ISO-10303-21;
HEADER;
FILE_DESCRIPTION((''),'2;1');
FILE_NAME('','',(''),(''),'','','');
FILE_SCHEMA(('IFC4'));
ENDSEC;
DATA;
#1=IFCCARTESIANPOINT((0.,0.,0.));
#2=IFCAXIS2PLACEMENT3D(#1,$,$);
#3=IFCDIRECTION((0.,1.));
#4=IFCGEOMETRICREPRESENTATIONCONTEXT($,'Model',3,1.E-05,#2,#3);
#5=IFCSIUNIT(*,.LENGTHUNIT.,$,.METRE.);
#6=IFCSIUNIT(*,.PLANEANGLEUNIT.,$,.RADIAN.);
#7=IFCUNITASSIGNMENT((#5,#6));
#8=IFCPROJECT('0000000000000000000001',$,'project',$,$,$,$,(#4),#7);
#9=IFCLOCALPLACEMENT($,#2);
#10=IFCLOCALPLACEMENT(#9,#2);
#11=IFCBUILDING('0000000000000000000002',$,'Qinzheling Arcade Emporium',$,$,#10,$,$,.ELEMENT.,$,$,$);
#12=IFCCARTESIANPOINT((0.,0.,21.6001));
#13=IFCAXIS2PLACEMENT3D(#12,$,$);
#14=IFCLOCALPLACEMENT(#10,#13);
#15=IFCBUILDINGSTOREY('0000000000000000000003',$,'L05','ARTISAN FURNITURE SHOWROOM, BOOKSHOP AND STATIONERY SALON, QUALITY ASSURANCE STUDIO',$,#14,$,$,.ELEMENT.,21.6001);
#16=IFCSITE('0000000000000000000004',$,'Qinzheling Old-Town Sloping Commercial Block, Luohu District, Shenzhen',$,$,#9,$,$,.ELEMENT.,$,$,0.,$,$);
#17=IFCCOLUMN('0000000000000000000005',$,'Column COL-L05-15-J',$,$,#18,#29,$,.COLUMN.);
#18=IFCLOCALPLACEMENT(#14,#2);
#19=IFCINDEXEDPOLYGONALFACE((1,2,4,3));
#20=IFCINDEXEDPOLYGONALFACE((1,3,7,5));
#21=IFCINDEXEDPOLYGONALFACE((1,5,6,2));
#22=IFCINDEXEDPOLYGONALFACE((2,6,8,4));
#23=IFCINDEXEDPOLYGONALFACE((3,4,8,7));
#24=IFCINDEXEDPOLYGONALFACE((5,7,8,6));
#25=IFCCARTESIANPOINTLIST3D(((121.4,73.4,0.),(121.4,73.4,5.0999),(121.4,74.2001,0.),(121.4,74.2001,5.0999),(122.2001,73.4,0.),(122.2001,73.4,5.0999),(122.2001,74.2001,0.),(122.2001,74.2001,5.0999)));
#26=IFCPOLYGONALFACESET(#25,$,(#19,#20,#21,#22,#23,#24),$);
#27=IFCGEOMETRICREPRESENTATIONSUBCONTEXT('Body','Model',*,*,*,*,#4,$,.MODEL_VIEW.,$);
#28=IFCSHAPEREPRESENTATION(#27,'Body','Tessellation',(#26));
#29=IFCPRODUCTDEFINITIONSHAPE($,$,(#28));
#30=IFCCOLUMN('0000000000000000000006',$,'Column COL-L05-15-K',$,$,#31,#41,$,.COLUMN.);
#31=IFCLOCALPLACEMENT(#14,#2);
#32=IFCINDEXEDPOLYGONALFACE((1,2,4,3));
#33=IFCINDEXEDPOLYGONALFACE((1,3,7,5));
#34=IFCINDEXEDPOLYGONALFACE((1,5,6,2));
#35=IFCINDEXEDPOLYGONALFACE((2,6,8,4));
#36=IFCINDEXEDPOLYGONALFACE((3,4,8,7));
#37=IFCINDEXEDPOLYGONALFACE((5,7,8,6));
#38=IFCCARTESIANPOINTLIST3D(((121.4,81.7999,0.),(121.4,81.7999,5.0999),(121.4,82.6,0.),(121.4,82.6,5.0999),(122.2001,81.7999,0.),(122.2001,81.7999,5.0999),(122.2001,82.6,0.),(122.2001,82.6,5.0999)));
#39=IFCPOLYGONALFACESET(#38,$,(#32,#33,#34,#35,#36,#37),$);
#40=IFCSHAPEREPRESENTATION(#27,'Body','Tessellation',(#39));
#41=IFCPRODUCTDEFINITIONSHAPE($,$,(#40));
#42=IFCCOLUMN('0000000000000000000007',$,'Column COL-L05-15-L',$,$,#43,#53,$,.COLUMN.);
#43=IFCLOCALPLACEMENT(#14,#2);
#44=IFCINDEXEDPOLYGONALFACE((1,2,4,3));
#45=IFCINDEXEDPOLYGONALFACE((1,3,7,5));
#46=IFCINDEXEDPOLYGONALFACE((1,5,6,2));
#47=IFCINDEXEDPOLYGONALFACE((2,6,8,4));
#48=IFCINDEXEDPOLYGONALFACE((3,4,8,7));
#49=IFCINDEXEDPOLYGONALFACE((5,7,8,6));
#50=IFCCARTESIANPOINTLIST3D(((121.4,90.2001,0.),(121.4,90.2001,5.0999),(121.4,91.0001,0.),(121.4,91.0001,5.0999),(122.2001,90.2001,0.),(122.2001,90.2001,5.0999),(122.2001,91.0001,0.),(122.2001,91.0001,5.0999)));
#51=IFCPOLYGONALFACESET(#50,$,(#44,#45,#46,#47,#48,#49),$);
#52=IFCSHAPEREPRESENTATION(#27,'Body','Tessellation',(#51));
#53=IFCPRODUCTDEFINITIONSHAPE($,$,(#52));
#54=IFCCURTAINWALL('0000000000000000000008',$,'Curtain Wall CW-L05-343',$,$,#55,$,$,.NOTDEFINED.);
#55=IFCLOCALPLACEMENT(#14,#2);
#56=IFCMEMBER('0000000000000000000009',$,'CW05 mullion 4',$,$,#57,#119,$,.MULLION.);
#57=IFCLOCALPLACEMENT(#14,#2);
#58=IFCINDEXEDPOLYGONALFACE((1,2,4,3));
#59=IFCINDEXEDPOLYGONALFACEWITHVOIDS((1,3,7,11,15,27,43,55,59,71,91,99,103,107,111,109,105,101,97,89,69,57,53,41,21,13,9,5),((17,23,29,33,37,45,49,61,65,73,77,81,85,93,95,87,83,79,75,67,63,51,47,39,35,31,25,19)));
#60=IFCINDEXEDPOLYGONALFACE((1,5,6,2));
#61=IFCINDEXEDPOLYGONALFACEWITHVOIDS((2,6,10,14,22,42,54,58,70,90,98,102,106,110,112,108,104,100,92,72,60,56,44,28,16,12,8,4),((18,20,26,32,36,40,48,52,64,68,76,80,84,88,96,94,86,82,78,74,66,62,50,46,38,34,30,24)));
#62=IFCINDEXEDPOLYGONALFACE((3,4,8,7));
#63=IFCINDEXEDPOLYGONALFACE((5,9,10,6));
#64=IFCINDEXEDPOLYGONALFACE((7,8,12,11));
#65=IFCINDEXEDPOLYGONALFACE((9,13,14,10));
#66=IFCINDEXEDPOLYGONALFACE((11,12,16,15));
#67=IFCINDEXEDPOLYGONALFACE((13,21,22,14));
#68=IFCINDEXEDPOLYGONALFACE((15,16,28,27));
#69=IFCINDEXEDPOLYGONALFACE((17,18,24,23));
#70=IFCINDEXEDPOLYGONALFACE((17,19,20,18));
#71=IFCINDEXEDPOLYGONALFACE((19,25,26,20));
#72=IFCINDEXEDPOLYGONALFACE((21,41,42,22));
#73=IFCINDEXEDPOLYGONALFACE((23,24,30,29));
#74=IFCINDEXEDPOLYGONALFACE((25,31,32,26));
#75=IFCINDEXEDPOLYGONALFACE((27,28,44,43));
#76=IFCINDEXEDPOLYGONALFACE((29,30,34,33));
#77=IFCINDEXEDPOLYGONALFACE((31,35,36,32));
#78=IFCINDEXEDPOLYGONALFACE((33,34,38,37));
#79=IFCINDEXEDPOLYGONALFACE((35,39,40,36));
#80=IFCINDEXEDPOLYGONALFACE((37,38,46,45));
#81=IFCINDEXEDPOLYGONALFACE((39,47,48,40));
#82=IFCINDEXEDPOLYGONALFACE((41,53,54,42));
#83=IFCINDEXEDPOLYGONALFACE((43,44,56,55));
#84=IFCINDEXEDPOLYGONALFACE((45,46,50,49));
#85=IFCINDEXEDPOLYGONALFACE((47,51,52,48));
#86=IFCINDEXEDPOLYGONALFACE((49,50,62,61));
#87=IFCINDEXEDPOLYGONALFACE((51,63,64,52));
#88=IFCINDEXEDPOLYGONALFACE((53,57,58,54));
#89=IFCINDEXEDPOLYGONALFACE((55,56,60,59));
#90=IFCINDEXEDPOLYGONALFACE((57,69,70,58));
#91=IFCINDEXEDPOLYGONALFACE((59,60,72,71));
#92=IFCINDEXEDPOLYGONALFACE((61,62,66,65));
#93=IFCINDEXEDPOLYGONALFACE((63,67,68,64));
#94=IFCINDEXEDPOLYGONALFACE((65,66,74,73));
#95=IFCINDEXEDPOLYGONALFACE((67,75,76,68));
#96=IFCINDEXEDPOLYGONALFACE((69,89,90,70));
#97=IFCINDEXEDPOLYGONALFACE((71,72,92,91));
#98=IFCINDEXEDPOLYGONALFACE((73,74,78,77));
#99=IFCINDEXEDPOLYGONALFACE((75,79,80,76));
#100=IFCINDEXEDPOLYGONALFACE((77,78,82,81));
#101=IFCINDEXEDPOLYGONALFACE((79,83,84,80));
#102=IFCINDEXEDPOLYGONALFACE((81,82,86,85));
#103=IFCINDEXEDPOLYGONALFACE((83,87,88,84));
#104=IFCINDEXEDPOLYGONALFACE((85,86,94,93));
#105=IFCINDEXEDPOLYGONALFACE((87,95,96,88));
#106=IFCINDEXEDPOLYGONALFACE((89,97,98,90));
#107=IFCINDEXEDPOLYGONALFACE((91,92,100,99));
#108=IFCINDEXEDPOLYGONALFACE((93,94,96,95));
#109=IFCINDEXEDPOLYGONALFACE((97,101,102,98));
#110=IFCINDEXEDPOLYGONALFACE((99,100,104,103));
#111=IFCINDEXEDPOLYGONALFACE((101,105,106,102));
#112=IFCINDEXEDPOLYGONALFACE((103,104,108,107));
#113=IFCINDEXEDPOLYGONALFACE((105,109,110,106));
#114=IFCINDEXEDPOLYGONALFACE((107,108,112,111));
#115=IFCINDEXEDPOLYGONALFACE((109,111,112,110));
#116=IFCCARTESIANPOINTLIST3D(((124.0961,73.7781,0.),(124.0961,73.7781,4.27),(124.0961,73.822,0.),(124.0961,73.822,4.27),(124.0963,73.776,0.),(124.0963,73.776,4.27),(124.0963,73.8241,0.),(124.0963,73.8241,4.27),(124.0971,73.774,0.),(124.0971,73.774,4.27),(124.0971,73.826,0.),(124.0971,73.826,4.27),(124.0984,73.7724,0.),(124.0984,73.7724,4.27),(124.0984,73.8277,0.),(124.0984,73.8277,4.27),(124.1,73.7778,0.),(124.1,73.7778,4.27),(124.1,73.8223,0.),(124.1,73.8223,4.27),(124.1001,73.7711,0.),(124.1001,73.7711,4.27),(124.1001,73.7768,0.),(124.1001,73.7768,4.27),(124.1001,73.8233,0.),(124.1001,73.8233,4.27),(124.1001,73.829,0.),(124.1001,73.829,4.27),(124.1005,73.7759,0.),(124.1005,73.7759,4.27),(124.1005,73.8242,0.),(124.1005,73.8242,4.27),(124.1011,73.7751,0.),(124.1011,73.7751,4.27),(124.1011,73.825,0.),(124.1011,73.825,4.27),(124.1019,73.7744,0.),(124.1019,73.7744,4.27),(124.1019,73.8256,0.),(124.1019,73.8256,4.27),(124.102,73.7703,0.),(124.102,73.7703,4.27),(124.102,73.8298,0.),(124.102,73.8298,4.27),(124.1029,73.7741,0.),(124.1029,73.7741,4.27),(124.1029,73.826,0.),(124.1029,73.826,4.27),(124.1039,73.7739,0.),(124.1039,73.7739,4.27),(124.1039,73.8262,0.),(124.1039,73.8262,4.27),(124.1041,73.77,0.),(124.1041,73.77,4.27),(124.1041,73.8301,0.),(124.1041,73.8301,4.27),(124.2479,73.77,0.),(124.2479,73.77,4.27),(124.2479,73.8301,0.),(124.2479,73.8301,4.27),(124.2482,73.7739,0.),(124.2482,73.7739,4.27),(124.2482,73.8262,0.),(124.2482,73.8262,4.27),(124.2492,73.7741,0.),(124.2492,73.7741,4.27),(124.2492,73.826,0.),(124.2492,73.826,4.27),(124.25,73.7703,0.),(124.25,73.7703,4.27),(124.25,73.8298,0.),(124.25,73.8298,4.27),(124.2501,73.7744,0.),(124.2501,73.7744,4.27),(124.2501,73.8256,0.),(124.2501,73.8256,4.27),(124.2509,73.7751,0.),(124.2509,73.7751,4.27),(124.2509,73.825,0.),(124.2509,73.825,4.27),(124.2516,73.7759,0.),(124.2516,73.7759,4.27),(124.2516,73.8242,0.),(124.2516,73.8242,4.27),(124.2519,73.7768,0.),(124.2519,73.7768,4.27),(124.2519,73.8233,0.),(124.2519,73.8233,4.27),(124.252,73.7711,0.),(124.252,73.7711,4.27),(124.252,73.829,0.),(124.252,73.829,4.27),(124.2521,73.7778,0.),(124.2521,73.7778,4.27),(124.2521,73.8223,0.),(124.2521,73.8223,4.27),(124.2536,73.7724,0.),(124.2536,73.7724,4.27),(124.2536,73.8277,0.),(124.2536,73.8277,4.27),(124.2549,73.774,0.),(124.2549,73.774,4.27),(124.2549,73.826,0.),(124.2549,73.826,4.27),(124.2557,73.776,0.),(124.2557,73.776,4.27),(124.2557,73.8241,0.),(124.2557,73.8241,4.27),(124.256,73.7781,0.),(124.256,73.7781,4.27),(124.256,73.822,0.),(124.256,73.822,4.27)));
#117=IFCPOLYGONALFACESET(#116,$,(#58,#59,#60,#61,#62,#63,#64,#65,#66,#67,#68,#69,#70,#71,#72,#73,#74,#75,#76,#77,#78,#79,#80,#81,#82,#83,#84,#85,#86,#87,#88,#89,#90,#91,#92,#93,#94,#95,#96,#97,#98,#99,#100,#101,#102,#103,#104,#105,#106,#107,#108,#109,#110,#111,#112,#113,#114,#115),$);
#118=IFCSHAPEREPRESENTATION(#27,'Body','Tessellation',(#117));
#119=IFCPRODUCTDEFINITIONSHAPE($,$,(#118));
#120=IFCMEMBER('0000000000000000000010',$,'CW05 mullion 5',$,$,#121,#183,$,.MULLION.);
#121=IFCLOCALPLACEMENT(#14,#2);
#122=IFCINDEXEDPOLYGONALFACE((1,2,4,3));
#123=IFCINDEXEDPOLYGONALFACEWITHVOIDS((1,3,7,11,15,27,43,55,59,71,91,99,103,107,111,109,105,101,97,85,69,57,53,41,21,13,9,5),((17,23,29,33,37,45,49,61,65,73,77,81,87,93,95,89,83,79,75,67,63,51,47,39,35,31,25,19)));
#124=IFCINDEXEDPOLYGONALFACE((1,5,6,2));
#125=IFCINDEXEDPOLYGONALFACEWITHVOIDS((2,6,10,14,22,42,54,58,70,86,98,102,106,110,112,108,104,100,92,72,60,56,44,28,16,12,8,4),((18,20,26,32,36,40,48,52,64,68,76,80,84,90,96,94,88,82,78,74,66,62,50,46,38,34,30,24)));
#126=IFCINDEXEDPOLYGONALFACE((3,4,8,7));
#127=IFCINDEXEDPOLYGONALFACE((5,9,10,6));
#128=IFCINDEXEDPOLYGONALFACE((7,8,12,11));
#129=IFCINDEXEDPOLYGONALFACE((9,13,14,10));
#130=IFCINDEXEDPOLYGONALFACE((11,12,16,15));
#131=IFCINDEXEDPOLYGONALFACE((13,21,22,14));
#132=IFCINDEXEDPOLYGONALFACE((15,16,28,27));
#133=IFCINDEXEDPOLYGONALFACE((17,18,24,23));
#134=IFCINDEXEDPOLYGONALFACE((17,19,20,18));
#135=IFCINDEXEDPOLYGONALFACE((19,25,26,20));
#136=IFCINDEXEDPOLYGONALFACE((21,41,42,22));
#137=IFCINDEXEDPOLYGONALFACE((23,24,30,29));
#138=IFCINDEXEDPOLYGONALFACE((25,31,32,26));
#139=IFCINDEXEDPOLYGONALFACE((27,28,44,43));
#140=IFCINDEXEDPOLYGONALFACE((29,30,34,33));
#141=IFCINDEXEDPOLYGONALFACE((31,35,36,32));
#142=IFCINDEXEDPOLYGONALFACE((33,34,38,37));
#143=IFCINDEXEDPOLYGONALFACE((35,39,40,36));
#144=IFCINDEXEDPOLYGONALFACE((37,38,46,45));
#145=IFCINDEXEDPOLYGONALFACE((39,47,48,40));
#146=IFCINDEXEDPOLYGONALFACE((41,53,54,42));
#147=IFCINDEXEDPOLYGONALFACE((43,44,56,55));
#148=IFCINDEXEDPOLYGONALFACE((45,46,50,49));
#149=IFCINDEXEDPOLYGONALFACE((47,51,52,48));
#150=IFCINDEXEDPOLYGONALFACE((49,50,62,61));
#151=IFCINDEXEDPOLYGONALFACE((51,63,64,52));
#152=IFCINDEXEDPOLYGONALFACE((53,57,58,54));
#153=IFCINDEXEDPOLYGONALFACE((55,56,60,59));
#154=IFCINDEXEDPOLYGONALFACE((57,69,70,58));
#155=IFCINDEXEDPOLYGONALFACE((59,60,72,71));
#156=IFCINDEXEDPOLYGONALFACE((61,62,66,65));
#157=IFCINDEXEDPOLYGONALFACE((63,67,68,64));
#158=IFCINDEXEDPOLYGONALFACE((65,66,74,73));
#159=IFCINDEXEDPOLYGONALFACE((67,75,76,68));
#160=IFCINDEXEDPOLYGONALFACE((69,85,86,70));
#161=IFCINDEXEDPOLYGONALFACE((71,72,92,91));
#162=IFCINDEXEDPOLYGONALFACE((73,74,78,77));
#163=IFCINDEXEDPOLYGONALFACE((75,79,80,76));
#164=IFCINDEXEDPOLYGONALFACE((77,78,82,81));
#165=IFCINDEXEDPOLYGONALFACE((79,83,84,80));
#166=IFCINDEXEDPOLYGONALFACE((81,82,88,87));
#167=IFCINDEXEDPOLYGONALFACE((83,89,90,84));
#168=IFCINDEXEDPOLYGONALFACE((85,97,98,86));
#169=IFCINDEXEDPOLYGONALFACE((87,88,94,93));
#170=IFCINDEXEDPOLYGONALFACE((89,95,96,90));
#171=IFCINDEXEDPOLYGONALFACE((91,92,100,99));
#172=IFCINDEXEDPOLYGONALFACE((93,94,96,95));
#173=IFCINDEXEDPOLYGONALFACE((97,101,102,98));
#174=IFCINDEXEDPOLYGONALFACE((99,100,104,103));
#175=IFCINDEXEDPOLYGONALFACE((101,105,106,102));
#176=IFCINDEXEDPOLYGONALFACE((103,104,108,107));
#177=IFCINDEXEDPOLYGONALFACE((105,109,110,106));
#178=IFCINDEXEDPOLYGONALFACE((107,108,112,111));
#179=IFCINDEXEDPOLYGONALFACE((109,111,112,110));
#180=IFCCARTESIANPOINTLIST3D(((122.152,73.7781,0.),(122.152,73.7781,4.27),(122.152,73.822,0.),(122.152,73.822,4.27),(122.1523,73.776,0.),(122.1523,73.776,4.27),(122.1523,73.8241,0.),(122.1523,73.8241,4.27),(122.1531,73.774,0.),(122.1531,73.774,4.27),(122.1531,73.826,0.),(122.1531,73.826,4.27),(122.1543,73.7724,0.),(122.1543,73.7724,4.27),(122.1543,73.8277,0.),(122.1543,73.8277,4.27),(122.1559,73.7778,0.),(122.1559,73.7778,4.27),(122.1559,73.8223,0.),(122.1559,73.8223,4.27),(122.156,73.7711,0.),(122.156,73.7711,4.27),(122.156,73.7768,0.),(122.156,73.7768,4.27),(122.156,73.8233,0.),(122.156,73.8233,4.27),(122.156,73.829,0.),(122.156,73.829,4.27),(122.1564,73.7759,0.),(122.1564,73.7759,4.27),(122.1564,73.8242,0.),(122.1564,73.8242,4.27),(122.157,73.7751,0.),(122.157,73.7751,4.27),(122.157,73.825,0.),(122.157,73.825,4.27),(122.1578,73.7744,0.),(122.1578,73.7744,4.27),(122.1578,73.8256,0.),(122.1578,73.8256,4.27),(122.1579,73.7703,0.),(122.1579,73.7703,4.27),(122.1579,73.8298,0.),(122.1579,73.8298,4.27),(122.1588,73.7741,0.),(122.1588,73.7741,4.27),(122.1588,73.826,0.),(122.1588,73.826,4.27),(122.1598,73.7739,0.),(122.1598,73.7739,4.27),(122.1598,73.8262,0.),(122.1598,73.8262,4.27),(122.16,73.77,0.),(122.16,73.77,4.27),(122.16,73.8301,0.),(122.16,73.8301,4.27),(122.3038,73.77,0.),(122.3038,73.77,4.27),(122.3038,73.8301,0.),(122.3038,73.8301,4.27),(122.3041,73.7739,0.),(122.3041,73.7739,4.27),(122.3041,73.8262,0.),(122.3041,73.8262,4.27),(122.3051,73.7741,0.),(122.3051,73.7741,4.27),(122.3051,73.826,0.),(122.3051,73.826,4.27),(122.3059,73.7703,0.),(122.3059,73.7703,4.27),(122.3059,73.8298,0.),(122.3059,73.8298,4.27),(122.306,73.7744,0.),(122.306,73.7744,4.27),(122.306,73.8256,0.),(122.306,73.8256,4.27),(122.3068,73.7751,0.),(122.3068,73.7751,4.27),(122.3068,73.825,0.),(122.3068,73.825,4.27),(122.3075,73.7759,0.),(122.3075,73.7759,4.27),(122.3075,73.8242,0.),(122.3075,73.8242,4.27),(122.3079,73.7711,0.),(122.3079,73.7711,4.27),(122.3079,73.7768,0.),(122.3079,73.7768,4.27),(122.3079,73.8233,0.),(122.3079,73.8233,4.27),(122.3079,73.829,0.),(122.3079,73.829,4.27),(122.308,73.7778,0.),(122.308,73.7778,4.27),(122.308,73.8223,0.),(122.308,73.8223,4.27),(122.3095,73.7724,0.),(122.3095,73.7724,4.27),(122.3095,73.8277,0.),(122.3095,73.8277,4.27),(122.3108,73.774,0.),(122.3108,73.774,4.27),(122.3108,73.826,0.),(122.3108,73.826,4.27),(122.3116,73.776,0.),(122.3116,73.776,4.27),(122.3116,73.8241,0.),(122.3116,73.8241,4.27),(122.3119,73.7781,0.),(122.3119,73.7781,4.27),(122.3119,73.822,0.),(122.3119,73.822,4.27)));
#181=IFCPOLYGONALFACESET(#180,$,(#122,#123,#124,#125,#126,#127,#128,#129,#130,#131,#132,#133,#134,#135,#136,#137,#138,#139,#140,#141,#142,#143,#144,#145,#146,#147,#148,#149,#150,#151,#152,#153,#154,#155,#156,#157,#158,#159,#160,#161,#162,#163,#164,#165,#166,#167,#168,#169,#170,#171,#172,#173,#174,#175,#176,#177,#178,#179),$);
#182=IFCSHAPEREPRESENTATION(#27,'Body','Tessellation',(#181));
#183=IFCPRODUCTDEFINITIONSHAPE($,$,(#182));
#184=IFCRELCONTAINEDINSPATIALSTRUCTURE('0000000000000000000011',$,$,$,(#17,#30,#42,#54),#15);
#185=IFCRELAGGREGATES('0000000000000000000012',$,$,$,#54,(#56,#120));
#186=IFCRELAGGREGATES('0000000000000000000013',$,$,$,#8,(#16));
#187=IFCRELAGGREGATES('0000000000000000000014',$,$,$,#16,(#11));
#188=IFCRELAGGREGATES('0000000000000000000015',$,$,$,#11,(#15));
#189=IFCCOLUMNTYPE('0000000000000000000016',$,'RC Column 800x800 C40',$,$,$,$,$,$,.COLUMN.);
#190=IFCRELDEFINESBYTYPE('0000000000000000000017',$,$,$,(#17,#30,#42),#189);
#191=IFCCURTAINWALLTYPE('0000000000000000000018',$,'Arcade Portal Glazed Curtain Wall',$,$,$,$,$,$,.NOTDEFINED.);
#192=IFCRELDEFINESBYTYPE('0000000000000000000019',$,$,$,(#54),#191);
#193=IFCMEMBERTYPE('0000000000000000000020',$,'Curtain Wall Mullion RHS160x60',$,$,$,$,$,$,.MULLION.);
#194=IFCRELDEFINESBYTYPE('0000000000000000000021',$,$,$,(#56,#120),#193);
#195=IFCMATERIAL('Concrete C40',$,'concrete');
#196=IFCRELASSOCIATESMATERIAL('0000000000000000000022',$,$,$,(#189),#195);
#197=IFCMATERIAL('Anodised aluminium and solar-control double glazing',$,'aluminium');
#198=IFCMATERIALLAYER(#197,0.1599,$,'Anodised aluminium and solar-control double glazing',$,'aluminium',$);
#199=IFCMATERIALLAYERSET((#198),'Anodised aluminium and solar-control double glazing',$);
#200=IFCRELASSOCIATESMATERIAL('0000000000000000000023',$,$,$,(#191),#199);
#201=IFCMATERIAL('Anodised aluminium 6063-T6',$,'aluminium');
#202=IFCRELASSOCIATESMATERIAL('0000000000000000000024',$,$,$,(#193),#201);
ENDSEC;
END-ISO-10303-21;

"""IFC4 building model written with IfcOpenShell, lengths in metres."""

from ifc_helpers import new_model, si_unit, direction, frame, origin, origin_2d, place, context, subcontext, project, spatial, rectangle, hollow_rectangle, extrude, material, layer, layer_set, material_profile, profile_set, type_object, element, aggregate, save


model = new_model("IFC4")

# Units and contexts
model_context = context("Model", 3, precision=1e-05, world=origin(), true_north=direction((0.0, 1.0)))
body_context = subcontext(model_context, "Body", "Model", "MODEL_VIEW")
ifc_project = project(units=[si_unit("LENGTHUNIT", "METRE"), si_unit("PLANEANGLEUNIT", "RADIAN")], contexts=[model_context])

# Site, building, storey
site_placement = place(None, origin())
site = spatial("IfcSite", under=ifc_project, at=site_placement, Name="Qinzheling Old-Town Sloping Commercial Block, Luohu District, Shenzhen", CompositionType="ELEMENT", RefElevation=0.0)
building_placement = place(site_placement, origin())
building = spatial("IfcBuilding", under=site, at=building_placement, Name="Qinzheling Arcade Emporium", CompositionType="ELEMENT")
storey_placement = place(building_placement, frame((0.0, 0.0, 21.6001)))
storey = spatial("IfcBuildingStorey", under=building, at=storey_placement, Name="L05", Description="ARTISAN FURNITURE SHOWROOM, BOOKSHOP AND STATIONERY SALON, QUALITY ASSURANCE STUDIO", CompositionType="ELEMENT", Elevation=21.6001)

# Columns
ifc_material_1 = material(Name="Concrete C40", Category="concrete")
ifc_material_profile_1 = material_profile(ifc_material_1, rectangle(XDim=0.8, YDim=0.8, at=origin_2d()), Name="RC 800x800", Category="concrete")
ifc_profile_set_1 = profile_set([ifc_material_profile_1], Name="Concrete C40")
column_type = type_object("IfcColumnType", Name="RC Column 800x800 C40", PredefinedType="COLUMN", material=ifc_profile_set_1)
for number, where, z_axis, x_axis, name in (
    (1, (121.8, 73.8, 0.0), (0.0, 0.0, 1.0), (1.0, 0.0, 0.0), "Column COL-L05-15-J"),
    (2, (121.8, 82.2, 0.0), (0.0, 0.0, 1.0), (1.0, 0.0, 0.0), "Column COL-L05-15-K"),
    (3, (121.8, 90.6001, 0.0), (0.0, 0.0, 1.0), (1.0, 0.0, 0.0), "Column COL-L05-15-L"),
):
    element("IfcColumn", number, at=place(storey_placement, frame(where, z_axis=z_axis, x_axis=x_axis)), inside=storey, type_object=column_type, Name=name, PredefinedType="COLUMN", context=body_context, shape_type="SweptSolid", body=[
        extrude(rectangle(XDim=0.8, YDim=0.8, at=origin_2d()), origin(), (0.0, 0.0, 1.0), 5.0999),
    ])

# Curtain wall, members
ifc_material_2 = material(Name="Anodised aluminium and solar-control double glazing", Category="aluminium")
ifc_layer_1 = layer(ifc_material_2, 0.1599, Name="Anodised aluminium and solar-control double glazing", Category="aluminium")
ifc_layer_set_1 = layer_set([ifc_layer_1], Name="Anodised aluminium and solar-control double glazing")
curtain_wall_type = type_object("IfcCurtainWallType", Name="Arcade Portal Glazed Curtain Wall", PredefinedType="NOTDEFINED", material=ifc_layer_set_1)
curtain_wall_1_placement = place(storey_placement, origin())
curtain_wall_1 = element("IfcCurtainWall", 4, at=curtain_wall_1_placement, inside=storey, type_object=curtain_wall_type, Name="Curtain Wall CW-L05-343", PredefinedType="NOTDEFINED")
ifc_material_3 = material(Name="Anodised aluminium 6063-T6", Category="aluminium")
ifc_material_profile_2 = material_profile(ifc_material_3, hollow_rectangle(XDim=0.0601, YDim=0.1599, WallThickness=0.0039, InnerFilletRadius=0.0039, OuterFilletRadius=0.0081, at=origin_2d()), Name="RHS 160x60x4", Category="aluminium")
ifc_profile_set_2 = profile_set([ifc_material_profile_2], Name="Anodised aluminium 6063-T6")
member_type_1 = type_object("IfcMemberType", Name="Curtain Wall Mullion RHS160x60", PredefinedType="MULLION", material=ifc_profile_set_2)
member_1_placement = place(storey_placement, frame((124.176, 73.8, 0.0), z_axis=(0.0, 0.0, 1.0), x_axis=(0.0, -1.0, 0.0)))
member_1 = element("IfcMember", 5, at=member_1_placement, type_object=member_type_1, Name="CW05 mullion 4", PredefinedType="MULLION", context=body_context, shape_type="SweptSolid", body=[
    extrude(hollow_rectangle(XDim=0.0601, YDim=0.1599, WallThickness=0.0039, InnerFilletRadius=0.0039, OuterFilletRadius=0.0081, at=origin_2d()), origin(), (0.0, 0.0, 1.0), 4.27),
])
member_2_placement = place(storey_placement, frame((122.2319, 73.8, 0.0), z_axis=(0.0, 0.0, 1.0), x_axis=(0.0, -1.0, 0.0)))
member_2 = element("IfcMember", 6, at=member_2_placement, type_object=member_type_1, Name="CW05 mullion 5", PredefinedType="MULLION", context=body_context, shape_type="SweptSolid", body=[
    extrude(hollow_rectangle(XDim=0.0601, YDim=0.1599, WallThickness=0.0039, InnerFilletRadius=0.0039, OuterFilletRadius=0.0081, at=origin_2d()), origin(), (0.0, 0.0, 1.0), 4.27),
])

aggregate(curtain_wall_1, [member_1, member_2])

save(model, "model.ifc")
